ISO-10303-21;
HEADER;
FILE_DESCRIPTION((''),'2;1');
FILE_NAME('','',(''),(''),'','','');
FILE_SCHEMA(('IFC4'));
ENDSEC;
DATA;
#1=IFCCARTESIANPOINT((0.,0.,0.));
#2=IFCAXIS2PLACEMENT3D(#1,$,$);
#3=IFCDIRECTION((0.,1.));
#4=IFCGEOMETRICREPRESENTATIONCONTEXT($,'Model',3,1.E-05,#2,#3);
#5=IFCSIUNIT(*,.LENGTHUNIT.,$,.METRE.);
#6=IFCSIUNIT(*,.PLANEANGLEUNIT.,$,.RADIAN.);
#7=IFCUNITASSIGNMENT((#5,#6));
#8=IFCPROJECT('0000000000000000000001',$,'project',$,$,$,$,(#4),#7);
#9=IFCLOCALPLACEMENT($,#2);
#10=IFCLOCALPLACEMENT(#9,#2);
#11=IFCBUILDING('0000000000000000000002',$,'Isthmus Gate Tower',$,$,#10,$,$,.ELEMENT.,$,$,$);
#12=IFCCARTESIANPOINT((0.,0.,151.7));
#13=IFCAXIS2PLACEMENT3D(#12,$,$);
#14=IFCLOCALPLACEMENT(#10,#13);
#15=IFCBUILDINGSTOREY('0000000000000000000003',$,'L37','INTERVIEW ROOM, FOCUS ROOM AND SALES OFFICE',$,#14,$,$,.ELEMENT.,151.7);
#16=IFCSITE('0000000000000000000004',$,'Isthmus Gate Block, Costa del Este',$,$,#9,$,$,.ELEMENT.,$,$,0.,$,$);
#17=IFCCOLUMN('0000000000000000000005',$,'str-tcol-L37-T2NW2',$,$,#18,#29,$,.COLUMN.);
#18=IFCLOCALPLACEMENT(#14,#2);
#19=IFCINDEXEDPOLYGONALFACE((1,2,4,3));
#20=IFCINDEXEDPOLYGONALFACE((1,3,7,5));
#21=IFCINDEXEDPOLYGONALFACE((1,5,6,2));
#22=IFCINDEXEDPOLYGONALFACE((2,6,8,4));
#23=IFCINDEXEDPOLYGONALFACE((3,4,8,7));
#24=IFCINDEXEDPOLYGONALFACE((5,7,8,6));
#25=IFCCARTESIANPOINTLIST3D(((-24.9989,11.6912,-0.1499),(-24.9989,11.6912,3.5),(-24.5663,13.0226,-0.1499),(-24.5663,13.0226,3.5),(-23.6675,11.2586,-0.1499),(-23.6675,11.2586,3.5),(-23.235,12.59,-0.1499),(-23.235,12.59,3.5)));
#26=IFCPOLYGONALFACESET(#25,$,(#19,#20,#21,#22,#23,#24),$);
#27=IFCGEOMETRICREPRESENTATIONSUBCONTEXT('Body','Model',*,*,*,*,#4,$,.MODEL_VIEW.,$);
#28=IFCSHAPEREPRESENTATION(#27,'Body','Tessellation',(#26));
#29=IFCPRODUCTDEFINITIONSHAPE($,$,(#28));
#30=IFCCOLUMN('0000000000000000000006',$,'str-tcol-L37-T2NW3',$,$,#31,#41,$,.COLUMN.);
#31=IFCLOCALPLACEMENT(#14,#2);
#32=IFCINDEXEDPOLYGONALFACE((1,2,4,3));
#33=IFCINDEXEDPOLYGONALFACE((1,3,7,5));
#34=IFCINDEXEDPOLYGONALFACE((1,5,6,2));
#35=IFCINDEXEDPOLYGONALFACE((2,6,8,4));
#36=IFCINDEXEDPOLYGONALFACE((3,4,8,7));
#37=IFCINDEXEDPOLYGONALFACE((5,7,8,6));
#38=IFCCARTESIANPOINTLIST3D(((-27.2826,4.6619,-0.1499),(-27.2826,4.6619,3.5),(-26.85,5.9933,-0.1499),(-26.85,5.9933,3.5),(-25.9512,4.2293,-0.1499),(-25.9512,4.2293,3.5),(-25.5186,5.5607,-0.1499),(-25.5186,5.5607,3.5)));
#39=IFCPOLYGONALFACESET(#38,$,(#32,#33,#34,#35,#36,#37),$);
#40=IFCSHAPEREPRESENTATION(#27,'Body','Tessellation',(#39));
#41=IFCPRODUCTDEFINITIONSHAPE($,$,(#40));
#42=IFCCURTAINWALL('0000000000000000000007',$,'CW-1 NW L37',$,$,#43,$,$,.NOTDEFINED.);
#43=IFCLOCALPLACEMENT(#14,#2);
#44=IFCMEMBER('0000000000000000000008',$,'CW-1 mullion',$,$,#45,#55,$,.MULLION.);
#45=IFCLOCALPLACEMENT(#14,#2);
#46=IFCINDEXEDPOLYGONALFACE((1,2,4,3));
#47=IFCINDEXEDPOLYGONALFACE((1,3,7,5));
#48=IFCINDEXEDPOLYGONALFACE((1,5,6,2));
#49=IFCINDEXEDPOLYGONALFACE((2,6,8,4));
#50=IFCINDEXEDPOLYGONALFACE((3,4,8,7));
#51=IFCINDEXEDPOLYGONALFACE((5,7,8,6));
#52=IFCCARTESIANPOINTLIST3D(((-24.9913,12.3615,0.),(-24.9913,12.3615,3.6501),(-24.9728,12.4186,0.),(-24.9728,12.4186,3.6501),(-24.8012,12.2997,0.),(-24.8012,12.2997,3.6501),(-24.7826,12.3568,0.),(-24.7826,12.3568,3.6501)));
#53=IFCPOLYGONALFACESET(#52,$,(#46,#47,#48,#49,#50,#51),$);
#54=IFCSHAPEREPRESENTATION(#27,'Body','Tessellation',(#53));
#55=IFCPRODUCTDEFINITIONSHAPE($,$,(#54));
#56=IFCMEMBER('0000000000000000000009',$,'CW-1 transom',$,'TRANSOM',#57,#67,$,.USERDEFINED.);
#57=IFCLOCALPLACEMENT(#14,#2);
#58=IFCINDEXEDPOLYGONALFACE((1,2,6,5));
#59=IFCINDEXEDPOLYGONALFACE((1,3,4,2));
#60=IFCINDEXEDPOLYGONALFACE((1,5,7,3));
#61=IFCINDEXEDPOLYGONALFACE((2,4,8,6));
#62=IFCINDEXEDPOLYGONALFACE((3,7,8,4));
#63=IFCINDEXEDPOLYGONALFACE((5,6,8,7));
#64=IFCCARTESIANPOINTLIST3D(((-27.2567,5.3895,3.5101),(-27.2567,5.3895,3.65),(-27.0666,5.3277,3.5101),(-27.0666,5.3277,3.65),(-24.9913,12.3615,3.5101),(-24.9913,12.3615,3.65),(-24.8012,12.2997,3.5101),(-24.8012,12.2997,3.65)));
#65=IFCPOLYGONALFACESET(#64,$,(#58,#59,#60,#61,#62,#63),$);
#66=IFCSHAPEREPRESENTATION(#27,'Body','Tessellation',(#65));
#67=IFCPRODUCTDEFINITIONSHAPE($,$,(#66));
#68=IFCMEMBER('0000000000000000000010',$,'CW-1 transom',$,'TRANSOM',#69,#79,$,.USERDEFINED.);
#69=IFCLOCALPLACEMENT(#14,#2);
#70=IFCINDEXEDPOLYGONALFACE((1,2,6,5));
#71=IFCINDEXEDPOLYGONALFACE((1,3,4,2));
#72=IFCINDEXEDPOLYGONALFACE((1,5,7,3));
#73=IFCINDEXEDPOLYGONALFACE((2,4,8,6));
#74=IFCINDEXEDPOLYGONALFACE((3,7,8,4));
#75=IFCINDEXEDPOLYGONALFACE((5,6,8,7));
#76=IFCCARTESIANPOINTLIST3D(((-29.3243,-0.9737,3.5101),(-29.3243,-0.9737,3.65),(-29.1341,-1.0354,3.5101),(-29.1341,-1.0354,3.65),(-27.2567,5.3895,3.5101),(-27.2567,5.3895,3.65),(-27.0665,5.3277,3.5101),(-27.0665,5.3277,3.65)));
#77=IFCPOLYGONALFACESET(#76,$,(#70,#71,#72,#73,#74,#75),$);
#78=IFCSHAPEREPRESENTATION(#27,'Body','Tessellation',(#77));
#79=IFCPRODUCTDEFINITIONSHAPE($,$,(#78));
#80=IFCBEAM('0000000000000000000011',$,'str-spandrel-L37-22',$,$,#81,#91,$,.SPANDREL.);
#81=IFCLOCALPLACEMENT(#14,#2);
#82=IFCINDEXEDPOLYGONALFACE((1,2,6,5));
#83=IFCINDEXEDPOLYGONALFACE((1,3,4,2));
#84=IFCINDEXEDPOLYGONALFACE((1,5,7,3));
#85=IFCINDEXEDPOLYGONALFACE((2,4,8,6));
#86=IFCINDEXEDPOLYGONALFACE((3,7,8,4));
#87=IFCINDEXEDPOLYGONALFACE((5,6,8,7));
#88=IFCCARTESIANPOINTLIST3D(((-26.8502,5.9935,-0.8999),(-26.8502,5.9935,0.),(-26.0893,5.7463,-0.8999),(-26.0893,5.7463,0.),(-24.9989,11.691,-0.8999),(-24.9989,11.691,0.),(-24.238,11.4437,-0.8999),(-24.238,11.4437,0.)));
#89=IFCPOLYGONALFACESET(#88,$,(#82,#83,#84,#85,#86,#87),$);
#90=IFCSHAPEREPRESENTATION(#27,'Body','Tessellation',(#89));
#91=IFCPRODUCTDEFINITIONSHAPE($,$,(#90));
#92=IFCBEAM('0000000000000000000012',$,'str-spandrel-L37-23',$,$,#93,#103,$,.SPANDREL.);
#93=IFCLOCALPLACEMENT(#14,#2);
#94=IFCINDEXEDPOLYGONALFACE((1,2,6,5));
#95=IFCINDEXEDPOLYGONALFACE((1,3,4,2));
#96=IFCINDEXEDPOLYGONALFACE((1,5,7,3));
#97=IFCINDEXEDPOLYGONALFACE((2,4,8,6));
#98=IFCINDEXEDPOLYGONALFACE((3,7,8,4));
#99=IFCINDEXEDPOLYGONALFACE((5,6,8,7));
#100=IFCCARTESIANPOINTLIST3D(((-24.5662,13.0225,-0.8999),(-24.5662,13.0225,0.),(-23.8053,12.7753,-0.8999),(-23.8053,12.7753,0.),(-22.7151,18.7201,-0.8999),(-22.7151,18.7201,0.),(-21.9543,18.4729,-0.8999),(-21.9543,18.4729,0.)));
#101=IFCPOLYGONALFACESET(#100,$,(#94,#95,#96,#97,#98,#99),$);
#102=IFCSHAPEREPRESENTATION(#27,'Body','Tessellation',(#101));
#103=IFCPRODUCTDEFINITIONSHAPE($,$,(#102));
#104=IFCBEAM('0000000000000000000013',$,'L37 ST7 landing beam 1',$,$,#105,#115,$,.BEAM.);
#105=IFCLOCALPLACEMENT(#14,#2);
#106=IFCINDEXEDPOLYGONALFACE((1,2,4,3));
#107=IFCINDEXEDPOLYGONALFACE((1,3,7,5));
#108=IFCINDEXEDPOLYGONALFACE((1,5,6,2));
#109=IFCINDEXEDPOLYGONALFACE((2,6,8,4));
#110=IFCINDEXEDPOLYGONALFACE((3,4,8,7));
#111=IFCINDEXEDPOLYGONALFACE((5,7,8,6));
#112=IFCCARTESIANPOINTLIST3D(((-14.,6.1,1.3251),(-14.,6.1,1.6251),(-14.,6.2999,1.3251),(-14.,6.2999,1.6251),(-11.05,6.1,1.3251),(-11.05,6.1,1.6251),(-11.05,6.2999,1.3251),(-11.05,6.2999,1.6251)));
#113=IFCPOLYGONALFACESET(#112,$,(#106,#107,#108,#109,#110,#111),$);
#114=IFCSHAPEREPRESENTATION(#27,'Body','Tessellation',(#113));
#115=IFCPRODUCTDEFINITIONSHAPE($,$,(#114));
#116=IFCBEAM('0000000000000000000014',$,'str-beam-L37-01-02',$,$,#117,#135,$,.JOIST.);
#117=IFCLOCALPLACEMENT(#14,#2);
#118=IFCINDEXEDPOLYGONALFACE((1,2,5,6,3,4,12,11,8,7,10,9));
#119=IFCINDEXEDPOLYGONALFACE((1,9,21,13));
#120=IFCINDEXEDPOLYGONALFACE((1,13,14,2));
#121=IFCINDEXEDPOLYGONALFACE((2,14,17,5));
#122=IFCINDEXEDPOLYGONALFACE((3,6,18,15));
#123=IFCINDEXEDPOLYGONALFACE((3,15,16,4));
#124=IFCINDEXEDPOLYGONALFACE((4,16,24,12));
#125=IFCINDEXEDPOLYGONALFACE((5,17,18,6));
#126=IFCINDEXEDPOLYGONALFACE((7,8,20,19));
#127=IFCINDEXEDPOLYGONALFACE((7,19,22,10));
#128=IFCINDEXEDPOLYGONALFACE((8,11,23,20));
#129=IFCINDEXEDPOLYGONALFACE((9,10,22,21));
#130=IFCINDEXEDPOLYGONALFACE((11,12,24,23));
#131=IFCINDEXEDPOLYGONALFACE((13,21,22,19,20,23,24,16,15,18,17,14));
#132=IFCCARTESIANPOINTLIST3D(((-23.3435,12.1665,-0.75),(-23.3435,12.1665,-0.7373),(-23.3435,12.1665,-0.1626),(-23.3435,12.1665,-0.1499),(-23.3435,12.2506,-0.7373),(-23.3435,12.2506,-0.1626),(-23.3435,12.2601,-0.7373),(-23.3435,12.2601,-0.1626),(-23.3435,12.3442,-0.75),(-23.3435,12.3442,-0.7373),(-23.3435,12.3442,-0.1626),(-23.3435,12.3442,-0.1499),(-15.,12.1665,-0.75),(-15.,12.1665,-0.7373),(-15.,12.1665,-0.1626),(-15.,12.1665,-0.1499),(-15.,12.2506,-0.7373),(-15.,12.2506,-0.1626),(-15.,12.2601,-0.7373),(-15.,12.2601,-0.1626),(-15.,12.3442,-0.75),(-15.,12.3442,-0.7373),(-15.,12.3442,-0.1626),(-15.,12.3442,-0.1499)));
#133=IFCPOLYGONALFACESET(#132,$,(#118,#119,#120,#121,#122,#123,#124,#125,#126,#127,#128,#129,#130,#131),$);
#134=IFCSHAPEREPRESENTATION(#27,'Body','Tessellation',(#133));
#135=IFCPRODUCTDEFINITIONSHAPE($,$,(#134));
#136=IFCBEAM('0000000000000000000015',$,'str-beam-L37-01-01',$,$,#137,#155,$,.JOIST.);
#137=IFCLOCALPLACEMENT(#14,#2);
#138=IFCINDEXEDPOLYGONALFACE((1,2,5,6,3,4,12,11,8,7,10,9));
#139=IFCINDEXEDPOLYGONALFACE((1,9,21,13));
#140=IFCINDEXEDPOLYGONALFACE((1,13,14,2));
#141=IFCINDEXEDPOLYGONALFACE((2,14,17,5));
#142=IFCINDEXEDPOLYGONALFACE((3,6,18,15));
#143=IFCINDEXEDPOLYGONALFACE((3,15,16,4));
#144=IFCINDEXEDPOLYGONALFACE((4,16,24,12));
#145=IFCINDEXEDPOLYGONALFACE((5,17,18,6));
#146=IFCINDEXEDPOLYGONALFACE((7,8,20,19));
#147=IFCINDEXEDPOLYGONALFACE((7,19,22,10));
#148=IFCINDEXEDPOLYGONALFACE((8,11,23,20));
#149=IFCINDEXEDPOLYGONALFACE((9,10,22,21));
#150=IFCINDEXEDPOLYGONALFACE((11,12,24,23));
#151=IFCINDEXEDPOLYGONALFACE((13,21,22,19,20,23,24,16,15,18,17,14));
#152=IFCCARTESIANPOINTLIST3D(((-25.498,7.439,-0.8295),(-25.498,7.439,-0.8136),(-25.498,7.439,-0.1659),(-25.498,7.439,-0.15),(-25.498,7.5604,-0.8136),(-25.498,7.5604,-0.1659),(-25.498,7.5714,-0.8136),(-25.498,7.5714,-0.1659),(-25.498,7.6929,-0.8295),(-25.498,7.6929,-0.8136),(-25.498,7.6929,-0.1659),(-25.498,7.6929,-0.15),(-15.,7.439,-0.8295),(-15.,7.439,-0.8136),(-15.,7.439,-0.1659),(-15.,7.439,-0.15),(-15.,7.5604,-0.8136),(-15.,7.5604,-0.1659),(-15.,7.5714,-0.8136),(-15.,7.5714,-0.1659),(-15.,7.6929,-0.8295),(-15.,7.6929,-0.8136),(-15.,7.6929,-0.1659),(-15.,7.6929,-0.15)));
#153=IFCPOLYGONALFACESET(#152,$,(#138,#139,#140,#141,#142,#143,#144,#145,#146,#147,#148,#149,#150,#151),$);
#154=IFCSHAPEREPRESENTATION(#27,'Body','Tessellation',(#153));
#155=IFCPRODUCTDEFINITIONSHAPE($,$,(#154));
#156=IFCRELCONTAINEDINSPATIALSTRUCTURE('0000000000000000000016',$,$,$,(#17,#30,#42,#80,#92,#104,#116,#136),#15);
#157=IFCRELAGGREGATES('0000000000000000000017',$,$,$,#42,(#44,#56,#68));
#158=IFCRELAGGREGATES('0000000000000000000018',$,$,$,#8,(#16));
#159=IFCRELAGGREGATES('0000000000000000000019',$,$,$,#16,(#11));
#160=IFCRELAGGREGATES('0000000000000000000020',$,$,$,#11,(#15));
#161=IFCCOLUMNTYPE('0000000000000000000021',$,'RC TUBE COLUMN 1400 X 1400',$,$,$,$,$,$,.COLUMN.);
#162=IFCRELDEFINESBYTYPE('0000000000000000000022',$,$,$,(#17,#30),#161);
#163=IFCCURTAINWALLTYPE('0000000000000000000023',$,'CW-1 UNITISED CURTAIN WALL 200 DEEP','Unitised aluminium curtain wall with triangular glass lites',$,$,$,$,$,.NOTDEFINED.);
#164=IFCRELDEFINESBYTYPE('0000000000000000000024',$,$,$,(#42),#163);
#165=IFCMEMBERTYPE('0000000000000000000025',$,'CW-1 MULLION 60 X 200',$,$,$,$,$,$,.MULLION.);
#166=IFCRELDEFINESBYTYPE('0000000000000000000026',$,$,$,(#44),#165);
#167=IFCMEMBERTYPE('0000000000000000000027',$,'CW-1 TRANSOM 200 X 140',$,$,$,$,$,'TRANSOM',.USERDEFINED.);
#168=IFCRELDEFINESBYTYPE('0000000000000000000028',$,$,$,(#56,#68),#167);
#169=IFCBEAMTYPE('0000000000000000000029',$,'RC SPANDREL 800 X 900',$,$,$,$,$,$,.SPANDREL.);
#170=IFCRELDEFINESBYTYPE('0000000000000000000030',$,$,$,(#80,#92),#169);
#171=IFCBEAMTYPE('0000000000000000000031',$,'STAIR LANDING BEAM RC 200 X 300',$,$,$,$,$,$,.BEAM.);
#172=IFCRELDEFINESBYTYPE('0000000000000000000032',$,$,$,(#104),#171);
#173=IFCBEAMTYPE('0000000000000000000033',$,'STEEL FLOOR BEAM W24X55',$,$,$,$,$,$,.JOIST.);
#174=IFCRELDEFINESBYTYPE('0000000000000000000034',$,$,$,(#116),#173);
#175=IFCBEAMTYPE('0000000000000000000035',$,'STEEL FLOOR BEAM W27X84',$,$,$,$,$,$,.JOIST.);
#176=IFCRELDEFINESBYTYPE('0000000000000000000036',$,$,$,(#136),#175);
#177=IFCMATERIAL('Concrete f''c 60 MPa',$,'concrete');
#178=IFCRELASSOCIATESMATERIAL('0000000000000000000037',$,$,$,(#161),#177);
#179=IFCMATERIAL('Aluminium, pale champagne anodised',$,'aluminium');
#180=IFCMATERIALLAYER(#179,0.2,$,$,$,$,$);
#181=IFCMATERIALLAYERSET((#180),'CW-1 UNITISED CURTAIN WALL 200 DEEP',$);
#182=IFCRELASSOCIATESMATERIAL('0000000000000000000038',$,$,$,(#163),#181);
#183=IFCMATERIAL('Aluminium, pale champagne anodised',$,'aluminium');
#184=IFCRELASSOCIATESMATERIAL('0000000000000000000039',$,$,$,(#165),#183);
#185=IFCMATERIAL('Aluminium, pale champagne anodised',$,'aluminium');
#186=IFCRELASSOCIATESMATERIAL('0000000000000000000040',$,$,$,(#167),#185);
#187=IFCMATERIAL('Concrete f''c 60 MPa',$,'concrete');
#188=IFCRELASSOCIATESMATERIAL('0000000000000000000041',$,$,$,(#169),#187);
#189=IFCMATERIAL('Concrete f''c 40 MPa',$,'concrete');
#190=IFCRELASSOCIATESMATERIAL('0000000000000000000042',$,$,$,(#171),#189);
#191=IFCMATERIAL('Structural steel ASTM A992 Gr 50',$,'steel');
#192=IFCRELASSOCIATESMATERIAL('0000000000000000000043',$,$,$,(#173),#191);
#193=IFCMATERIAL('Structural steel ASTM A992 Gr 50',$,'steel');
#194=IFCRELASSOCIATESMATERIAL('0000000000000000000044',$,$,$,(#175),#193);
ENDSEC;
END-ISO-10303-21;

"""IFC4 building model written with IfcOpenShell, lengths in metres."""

from ifc_helpers import new_model, si_unit, direction, frame, origin, origin_2d, place, context, subcontext, project, spatial, rectangle, i_section, extrude, material, layer, layer_set, material_profile, profile_set, type_object, element, aggregate, save


model = new_model("IFC4")

# Units and contexts
model_context = context("Model", 3, precision=1e-05, world=origin(), true_north=direction((0.0, 1.0)))
body_context = subcontext(model_context, "Body", "Model", "MODEL_VIEW")
ifc_project = project(units=[si_unit("LENGTHUNIT", "METRE"), si_unit("PLANEANGLEUNIT", "RADIAN")], contexts=[model_context])

# Site, building, storey
site_placement = place(None, origin())
site = spatial("IfcSite", under=ifc_project, at=site_placement, Name="Isthmus Gate Block, Costa del Este", CompositionType="ELEMENT", RefElevation=0.0)
building_placement = place(site_placement, origin())
building = spatial("IfcBuilding", under=site, at=building_placement, Name="Isthmus Gate Tower", CompositionType="ELEMENT")
storey_placement = place(building_placement, frame((0.0, 0.0, 151.7)))
storey = spatial("IfcBuildingStorey", under=building, at=storey_placement, Name="L37", Description="INTERVIEW ROOM, FOCUS ROOM AND SALES OFFICE", CompositionType="ELEMENT", Elevation=151.7)

# Columns
ifc_material_1 = material(Name="Concrete f'c 60 MPa", Category="concrete")
ifc_material_profile_1 = material_profile(ifc_material_1, rectangle(XDim=1.3999, YDim=1.3999, at=origin_2d()), Name="RC 1400X1400")
ifc_profile_set_1 = profile_set([ifc_material_profile_1], Name="Concrete f'c 60 MPa")
column_type = type_object("IfcColumnType", Name="RC TUBE COLUMN 1400 X 1400", PredefinedType="COLUMN", material=ifc_profile_set_1)
for number, where, z_axis, x_axis, name in (
    (1, (-24.1169, 12.1406, -0.1499), (0.0, 0.0, 1.0), (-0.309017, -0.951057, 0.0), "str-tcol-L37-T2NW2"),
    (2, (-26.4006, 5.1113, -0.1499), (0.0, 0.0, 1.0), (-0.309017, -0.951057, 0.0), "str-tcol-L37-T2NW3"),
):
    element("IfcColumn", number, at=place(storey_placement, frame(where, z_axis=z_axis, x_axis=x_axis)), inside=storey, type_object=column_type, Name=name, PredefinedType="COLUMN", context=body_context, shape_type="SweptSolid", body=[
        extrude(rectangle(XDim=1.3999, YDim=1.3999, at=origin_2d()), origin(), (0.0, 0.0, 1.0), 3.6499),
    ])

# Curtain wall, members
ifc_material_2 = material(Name="Aluminium, pale champagne anodised", Category="aluminium")
ifc_layer_1 = layer(ifc_material_2, 0.2)
ifc_layer_set_1 = layer_set([ifc_layer_1], Name="CW-1 UNITISED CURTAIN WALL 200 DEEP")
curtain_wall_type = type_object("IfcCurtainWallType", Name="CW-1 UNITISED CURTAIN WALL 200 DEEP", Description="Unitised aluminium curtain wall with triangular glass lites", PredefinedType="NOTDEFINED", material=ifc_layer_set_1)
curtain_wall_placement = place(storey_placement, origin())
curtain_wall = element("IfcCurtainWall", 3, at=curtain_wall_placement, inside=storey, type_object=curtain_wall_type, Name="CW-1 NW L37", PredefinedType="NOTDEFINED")
ifc_material_3 = material(Name="Aluminium, pale champagne anodised", Category="aluminium")
ifc_material_profile_2 = material_profile(ifc_material_3, rectangle(XDim=0.0601, YDim=0.2, at=origin_2d()), Name="60x200")
ifc_profile_set_2 = profile_set([ifc_material_profile_2], Name="Aluminium, pale champagne anodised")
member_type_1 = type_object("IfcMemberType", Name="CW-1 MULLION 60 X 200", PredefinedType="MULLION", material=ifc_profile_set_2)
member_1_placement = place(storey_placement, frame((-24.887, 12.3591, 0.0), z_axis=(0.0, 0.0, 1.0), x_axis=(-0.309017, -0.951057, 0.0)))
member_1 = element("IfcMember", 4, at=member_1_placement, type_object=member_type_1, Name="CW-1 mullion", PredefinedType="MULLION", context=body_context, shape_type="SweptSolid", body=[
    extrude(rectangle(XDim=0.0601, YDim=0.2, at=origin_2d()), origin(), (0.0, 0.0, 1.0), 3.6501),
])
ifc_material_4 = material(Name="Aluminium, pale champagne anodised", Category="aluminium")
ifc_material_profile_3 = material_profile(ifc_material_4, rectangle(XDim=0.2, YDim=0.1399, at=origin_2d()), Name="200x140")
ifc_profile_set_3 = profile_set([ifc_material_profile_3], Name="Aluminium, pale champagne anodised")
member_type_2 = type_object("IfcMemberType", Name="CW-1 TRANSOM 200 X 140", ElementType="TRANSOM", PredefinedType="USERDEFINED", material=ifc_profile_set_3)
member_2_placement = place(storey_placement, frame((-24.8962, 12.3306, 3.5801), z_axis=(-0.309025, -0.951054, 0.0), x_axis=(0.951054, -0.309025, 0.0)))
member_2 = element("IfcMember", 5, at=member_2_placement, type_object=member_type_2, Name="CW-1 transom", ObjectType="TRANSOM", PredefinedType="USERDEFINED", context=body_context, shape_type="SweptSolid", body=[
    extrude(rectangle(XDim=0.2, YDim=0.1399, at=origin_2d()), origin(), (0.0, 0.0, 1.0), 7.3308),
])
member_3_placement = place(storey_placement, frame((-27.1616, 5.3586, 3.5801), z_axis=(-0.309027, -0.951053, 0.0), x_axis=(0.951053, -0.309027, 0.0)))
member_3 = element("IfcMember", 6, at=member_3_placement, type_object=member_type_2, Name="CW-1 transom", ObjectType="TRANSOM", PredefinedType="USERDEFINED", context=body_context, shape_type="SweptSolid", body=[
    extrude(rectangle(XDim=0.2, YDim=0.1399, at=origin_2d()), origin(), (0.0, 0.0, 1.0), 6.6907),
])

# Beams
ifc_material_5 = material(Name="Concrete f'c 60 MPa", Category="concrete")
ifc_material_profile_4 = material_profile(ifc_material_5, rectangle(XDim=0.8, YDim=0.8999, at=origin_2d()), Name="RC 800X900")
ifc_profile_set_4 = profile_set([ifc_material_profile_4], Name="Concrete f'c 60 MPa")
beam_type_1 = type_object("IfcBeamType", Name="RC SPANDREL 800 X 900", PredefinedType="SPANDREL", material=ifc_profile_set_4)
for number, where, z_axis, x_axis, name in (
    (7, (-26.4697, 5.8699, -0.45), (0.30903, 0.951052, 0.0), (-0.951052, 0.30903, 0.0), "str-spandrel-L37-22"),
    (8, (-24.1858, 12.8989, -0.45), (0.308993, 0.951064, 0.0), (-0.951064, 0.308993, 0.0), "str-spandrel-L37-23"),
):
    element("IfcBeam", number, at=place(storey_placement, frame(where, z_axis=z_axis, x_axis=x_axis)), inside=storey, type_object=beam_type_1, Name=name, PredefinedType="SPANDREL", context=body_context, shape_type="SweptSolid", body=[
        extrude(rectangle(XDim=0.8, YDim=0.8999, at=origin_2d()), origin(), (0.0, 0.0, 1.0), 5.9907),
    ])
ifc_material_6 = material(Name="Concrete f'c 40 MPa", Category="concrete")
ifc_material_profile_5 = material_profile(ifc_material_6, rectangle(XDim=0.2, YDim=0.3, at=origin_2d()), Name="STAIR LANDING BEAM RC 200 X 300")
ifc_profile_set_5 = profile_set([ifc_material_profile_5], Name="Concrete f'c 40 MPa")
beam_type_2 = type_object("IfcBeamType", Name="STAIR LANDING BEAM RC 200 X 300", PredefinedType="BEAM", material=ifc_profile_set_5)
beam_1_placement = place(storey_placement, frame((-14.0, 6.2, 1.4751), z_axis=(1.0, 0.0, 0.0), x_axis=(0.0, 1.0, 0.0)))
element("IfcBeam", 9, at=beam_1_placement, inside=storey, type_object=beam_type_2, Name="L37 ST7 landing beam 1", PredefinedType="BEAM", context=body_context, shape_type="SweptSolid", body=[
    extrude(rectangle(XDim=0.2, YDim=0.3, at=origin_2d()), origin(), (0.0, 0.0, 1.0), 2.95),
])
ifc_material_7 = material(Name="Structural steel ASTM A992 Gr 50", Category="steel")
ifc_material_profile_6 = material_profile(ifc_material_7, i_section(OverallWidth=0.1777, OverallDepth=0.6001, WebThickness=0.0095, FlangeThickness=0.0127, at=origin_2d()), Name="W24X55")
ifc_profile_set_6 = profile_set([ifc_material_profile_6], Name="Structural steel ASTM A992 Gr 50")
beam_type_3 = type_object("IfcBeamType", Name="STEEL FLOOR BEAM W24X55", PredefinedType="JOIST", material=ifc_profile_set_6)
beam_2_placement = place(storey_placement, frame((-23.3435, 12.2554, -0.45), z_axis=(1.0, 0.0, 0.0), x_axis=(0.0, 1.0, 0.0)))
element("IfcBeam", 10, at=beam_2_placement, inside=storey, type_object=beam_type_3, Name="str-beam-L37-01-02", PredefinedType="JOIST", context=body_context, shape_type="SweptSolid", body=[
    extrude(i_section(OverallWidth=0.1777, OverallDepth=0.6001, WebThickness=0.0095, FlangeThickness=0.0127, at=origin_2d()), origin(), (0.0, 0.0, 1.0), 8.3435),
])
ifc_material_8 = material(Name="Structural steel ASTM A992 Gr 50", Category="steel")
ifc_material_profile_7 = material_profile(ifc_material_8, i_section(OverallWidth=0.2539, OverallDepth=0.6794, WebThickness=0.011, FlangeThickness=0.0159, at=origin_2d()), Name="W27X84")
ifc_profile_set_7 = profile_set([ifc_material_profile_7], Name="Structural steel ASTM A992 Gr 50")
beam_type_4 = type_object("IfcBeamType", Name="STEEL FLOOR BEAM W27X84", PredefinedType="JOIST", material=ifc_profile_set_7)
beam_3_placement = place(storey_placement, frame((-25.498, 7.5659, -0.4897), z_axis=(1.0, 0.0, 0.0), x_axis=(0.0, 1.0, 0.0)))
element("IfcBeam", 11, at=beam_3_placement, inside=storey, type_object=beam_type_4, Name="str-beam-L37-01-01", PredefinedType="JOIST", context=body_context, shape_type="SweptSolid", body=[
    extrude(i_section(OverallWidth=0.2539, OverallDepth=0.6794, WebThickness=0.011, FlangeThickness=0.0159, at=origin_2d()), origin(), (0.0, 0.0, 1.0), 10.498),
])

aggregate(curtain_wall, [member_1, member_2, member_3])

save(model, "model.ifc")
